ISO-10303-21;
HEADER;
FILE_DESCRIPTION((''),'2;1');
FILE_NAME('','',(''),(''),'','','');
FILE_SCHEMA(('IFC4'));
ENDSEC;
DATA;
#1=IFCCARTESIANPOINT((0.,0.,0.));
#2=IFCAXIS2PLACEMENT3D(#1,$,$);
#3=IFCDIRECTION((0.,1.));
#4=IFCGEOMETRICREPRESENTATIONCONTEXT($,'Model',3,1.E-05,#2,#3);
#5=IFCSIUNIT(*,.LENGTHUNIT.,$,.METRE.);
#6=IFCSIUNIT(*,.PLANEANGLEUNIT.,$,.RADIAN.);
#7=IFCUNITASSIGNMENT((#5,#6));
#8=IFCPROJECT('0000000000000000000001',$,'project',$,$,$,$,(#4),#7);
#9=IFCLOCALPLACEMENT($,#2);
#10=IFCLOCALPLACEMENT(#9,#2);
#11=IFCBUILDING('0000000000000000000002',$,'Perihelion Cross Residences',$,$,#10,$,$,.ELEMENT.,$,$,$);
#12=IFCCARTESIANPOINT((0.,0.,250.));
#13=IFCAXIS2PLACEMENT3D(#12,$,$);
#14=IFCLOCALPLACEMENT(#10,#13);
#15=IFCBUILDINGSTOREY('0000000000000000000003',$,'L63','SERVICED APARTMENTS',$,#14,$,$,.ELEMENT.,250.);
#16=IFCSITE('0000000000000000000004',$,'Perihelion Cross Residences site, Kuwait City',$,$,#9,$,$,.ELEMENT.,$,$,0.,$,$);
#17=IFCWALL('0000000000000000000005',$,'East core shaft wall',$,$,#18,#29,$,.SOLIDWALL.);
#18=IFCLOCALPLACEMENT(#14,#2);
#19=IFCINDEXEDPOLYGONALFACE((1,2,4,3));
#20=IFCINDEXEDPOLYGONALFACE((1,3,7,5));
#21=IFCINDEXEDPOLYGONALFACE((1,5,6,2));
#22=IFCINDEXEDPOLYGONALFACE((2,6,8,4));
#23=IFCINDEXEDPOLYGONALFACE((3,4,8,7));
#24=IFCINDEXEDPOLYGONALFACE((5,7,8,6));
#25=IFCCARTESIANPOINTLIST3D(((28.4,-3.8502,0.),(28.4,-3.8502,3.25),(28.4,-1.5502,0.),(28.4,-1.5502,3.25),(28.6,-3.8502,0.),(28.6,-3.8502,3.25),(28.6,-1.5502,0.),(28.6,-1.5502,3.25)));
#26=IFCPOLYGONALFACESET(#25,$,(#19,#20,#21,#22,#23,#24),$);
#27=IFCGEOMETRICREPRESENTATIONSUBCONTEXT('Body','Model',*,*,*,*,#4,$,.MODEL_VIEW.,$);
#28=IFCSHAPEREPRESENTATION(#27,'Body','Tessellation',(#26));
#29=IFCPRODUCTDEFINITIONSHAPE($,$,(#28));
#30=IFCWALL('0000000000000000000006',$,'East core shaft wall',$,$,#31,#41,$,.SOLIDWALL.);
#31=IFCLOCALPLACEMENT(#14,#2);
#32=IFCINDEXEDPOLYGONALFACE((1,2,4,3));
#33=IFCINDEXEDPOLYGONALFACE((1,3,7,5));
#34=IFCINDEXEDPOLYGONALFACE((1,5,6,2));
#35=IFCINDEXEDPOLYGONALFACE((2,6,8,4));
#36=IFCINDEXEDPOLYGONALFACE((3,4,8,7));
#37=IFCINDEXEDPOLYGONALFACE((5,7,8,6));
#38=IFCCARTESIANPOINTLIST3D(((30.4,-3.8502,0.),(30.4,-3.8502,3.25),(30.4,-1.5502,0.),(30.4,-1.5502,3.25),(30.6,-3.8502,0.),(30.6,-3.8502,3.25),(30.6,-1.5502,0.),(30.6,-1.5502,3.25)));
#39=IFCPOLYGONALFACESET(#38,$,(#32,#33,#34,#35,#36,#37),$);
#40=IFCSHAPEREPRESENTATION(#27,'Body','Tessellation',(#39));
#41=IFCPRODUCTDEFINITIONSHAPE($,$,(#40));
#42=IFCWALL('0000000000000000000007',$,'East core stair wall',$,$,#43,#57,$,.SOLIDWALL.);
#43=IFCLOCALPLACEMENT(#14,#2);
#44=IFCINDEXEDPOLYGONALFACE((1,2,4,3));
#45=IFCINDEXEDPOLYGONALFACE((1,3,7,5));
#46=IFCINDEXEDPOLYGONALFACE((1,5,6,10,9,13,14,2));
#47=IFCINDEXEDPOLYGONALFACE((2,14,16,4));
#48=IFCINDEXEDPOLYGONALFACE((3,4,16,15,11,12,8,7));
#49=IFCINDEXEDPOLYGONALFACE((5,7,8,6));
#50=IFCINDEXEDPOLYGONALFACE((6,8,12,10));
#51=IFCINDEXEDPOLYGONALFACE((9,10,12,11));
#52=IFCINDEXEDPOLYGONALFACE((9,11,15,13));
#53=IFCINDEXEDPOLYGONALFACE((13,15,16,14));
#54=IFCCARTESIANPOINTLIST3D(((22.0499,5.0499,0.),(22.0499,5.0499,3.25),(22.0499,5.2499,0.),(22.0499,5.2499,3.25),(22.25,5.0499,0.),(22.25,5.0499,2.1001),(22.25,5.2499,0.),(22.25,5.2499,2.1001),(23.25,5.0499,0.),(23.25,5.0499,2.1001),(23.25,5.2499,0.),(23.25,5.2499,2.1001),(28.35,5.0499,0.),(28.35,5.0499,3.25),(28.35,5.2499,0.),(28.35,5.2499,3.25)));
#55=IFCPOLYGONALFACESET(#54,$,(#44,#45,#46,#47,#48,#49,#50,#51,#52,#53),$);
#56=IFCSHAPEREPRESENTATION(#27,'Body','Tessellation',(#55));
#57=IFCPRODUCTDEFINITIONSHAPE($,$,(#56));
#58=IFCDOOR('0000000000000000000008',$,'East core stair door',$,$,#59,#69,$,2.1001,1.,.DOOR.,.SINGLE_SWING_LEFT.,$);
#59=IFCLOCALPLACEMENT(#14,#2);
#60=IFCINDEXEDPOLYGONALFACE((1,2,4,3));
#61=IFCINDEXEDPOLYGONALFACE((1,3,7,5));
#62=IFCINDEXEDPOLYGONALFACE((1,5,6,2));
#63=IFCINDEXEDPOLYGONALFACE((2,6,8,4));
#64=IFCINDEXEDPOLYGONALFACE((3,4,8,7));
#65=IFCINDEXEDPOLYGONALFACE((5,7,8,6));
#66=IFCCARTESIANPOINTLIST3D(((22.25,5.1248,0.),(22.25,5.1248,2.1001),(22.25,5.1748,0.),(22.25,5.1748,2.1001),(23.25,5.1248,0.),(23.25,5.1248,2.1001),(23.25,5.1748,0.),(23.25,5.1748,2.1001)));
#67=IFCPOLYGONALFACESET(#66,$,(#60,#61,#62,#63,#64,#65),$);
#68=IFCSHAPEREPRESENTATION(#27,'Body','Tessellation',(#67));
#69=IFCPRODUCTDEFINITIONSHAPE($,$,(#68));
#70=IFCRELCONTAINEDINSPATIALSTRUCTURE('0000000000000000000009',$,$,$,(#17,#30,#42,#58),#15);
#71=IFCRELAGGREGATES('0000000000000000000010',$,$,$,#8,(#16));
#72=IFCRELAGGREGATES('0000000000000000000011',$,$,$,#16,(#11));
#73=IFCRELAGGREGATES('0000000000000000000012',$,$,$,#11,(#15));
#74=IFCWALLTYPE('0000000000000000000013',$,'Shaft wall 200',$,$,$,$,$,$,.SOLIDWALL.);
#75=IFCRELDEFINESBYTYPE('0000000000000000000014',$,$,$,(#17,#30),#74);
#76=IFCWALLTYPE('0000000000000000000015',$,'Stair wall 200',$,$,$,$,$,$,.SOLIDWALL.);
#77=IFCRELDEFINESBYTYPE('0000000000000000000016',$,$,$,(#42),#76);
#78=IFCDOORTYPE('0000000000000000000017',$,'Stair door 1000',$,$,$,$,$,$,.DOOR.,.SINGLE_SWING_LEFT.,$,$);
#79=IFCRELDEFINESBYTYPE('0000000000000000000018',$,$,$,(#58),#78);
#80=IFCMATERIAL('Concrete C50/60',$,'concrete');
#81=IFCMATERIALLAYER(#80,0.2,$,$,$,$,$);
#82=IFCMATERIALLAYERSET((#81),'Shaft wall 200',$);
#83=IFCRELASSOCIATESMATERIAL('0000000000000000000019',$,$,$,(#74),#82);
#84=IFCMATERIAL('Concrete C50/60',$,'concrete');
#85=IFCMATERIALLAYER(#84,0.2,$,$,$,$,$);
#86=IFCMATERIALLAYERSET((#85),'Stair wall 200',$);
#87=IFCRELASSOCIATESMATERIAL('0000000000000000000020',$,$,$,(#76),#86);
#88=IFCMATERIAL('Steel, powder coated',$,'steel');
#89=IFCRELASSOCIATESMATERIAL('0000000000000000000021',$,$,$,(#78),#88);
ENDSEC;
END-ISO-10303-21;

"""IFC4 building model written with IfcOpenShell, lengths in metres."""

from ifc_helpers import new_model, si_unit, direction, frame, frame_2d, origin, place, context, subcontext, project, spatial, rectangle, extrude, material, layer, layer_set, type_object, element, fill, save


model = new_model("IFC4")

# Units and contexts
model_context = context("Model", 3, precision=1e-05, world=origin(), true_north=direction((0.0, 1.0)))
body_context = subcontext(model_context, "Body", "Model", "MODEL_VIEW")
ifc_project = project(units=[si_unit("LENGTHUNIT", "METRE"), si_unit("PLANEANGLEUNIT", "RADIAN")], contexts=[model_context])

# Site, building, storey
site_placement = place(None, origin())
site = spatial("IfcSite", under=ifc_project, at=site_placement, Name="Perihelion Cross Residences site, Kuwait City", CompositionType="ELEMENT", RefElevation=0.0)
building_placement = place(site_placement, origin())
building = spatial("IfcBuilding", under=site, at=building_placement, Name="Perihelion Cross Residences", CompositionType="ELEMENT")
storey_placement = place(building_placement, frame((0.0, 0.0, 250.0)))
storey = spatial("IfcBuildingStorey", under=building, at=storey_placement, Name="L63", Description="SERVICED APARTMENTS", CompositionType="ELEMENT", Elevation=250.0)

# Shared definitions
ifc_material_1 = material(Name="Concrete C50/60", Category="concrete")
ifc_layer_1 = layer(ifc_material_1, 0.2)
ifc_layer_set_1 = layer_set([ifc_layer_1], Name="Shaft wall 200")
wall_type_1 = type_object("IfcWallType", Name="Shaft wall 200", PredefinedType="SOLIDWALL", material=ifc_layer_set_1)

# Walls
for number, where, z_axis, x_axis, name in (
    (1, (28.5, -3.8501, 0.0), (0.0, 0.0, 1.0), (0.0, 1.0, 0.0), "East core shaft wall"),
    (2, (30.5, -3.8501, 0.0), (0.0, 0.0, 1.0), (0.0, 1.0, 0.0), "East core shaft wall"),
):
    element("IfcWall", number, at=place(storey_placement, frame(where, z_axis=z_axis, x_axis=x_axis)), inside=storey, type_object=wall_type_1, Name=name, PredefinedType="SOLIDWALL", context=body_context, shape_type="SweptSolid", body=[
        extrude(rectangle(XDim=2.3, YDim=0.2, at=frame_2d((1.1499, 0.0))), origin(), (0.0, 0.0, 1.0), 3.25),
    ])

# Wall, opening, door
ifc_material_2 = material(Name="Concrete C50/60", Category="concrete")
ifc_layer_2 = layer(ifc_material_2, 0.2)
ifc_layer_set_2 = layer_set([ifc_layer_2], Name="Stair wall 200")
wall_type_2 = type_object("IfcWallType", Name="Stair wall 200", PredefinedType="SOLIDWALL", material=ifc_layer_set_2)
wall_1_placement = place(storey_placement, frame((22.05, 5.1499, 0.0), z_axis=(0.0, 0.0, 1.0), x_axis=(1.0, 0.0, 0.0)))
wall_1 = element("IfcWall", 3, at=wall_1_placement, inside=storey, type_object=wall_type_2, Name="East core stair wall", PredefinedType="SOLIDWALL", context=body_context, shape_type="SweptSolid", body=[
    extrude(rectangle(XDim=6.3, YDim=0.2, at=frame_2d((3.1499, 0.0))), origin(), (0.0, 0.0, 1.0), 3.25),
])
opening_1_placement = place(wall_1_placement, frame((0.2, 0.0, 0.0)))
opening_1 = element("IfcOpeningElement", 4, at=opening_1_placement, cuts=wall_1, PredefinedType="OPENING", context=body_context, shape_type="SweptSolid", body=[
    extrude(rectangle(XDim=1.0, YDim=2.1001, at=frame_2d((0.5, 1.05))), frame((0.0, 0.1099, 0.0), z_axis=(0.0, -1.0, 0.0), x_axis=(1.0, 0.0, 0.0)), (0.0, 0.0, 1.0), 0.22),
])
ifc_material_3 = material(Name="Steel, powder coated", Category="steel")
door_type_1 = type_object("IfcDoorType", Name="Stair door 1000", OperationType="SINGLE_SWING_LEFT", PredefinedType="DOOR", material=ifc_material_3)
door_1_placement = place(opening_1_placement, origin())
door_1 = element("IfcDoor", 5, at=door_1_placement, inside=storey, type_object=door_type_1, Name="East core stair door", OperationType="SINGLE_SWING_LEFT", OverallHeight=2.1001, OverallWidth=1.0, PredefinedType="DOOR", context=body_context, shape_type="SweptSolid", body=[
    extrude(rectangle(XDim=1.0, YDim=2.1001, at=frame_2d((0.5, 1.05))), frame((0.0, 0.0249, 0.0), z_axis=(0.0, -1.0, 0.0), x_axis=(1.0, 0.0, 0.0)), (0.0, 0.0, 1.0), 0.05),
])
fill(opening_1, door_1)

save(model, "model.ifc")
